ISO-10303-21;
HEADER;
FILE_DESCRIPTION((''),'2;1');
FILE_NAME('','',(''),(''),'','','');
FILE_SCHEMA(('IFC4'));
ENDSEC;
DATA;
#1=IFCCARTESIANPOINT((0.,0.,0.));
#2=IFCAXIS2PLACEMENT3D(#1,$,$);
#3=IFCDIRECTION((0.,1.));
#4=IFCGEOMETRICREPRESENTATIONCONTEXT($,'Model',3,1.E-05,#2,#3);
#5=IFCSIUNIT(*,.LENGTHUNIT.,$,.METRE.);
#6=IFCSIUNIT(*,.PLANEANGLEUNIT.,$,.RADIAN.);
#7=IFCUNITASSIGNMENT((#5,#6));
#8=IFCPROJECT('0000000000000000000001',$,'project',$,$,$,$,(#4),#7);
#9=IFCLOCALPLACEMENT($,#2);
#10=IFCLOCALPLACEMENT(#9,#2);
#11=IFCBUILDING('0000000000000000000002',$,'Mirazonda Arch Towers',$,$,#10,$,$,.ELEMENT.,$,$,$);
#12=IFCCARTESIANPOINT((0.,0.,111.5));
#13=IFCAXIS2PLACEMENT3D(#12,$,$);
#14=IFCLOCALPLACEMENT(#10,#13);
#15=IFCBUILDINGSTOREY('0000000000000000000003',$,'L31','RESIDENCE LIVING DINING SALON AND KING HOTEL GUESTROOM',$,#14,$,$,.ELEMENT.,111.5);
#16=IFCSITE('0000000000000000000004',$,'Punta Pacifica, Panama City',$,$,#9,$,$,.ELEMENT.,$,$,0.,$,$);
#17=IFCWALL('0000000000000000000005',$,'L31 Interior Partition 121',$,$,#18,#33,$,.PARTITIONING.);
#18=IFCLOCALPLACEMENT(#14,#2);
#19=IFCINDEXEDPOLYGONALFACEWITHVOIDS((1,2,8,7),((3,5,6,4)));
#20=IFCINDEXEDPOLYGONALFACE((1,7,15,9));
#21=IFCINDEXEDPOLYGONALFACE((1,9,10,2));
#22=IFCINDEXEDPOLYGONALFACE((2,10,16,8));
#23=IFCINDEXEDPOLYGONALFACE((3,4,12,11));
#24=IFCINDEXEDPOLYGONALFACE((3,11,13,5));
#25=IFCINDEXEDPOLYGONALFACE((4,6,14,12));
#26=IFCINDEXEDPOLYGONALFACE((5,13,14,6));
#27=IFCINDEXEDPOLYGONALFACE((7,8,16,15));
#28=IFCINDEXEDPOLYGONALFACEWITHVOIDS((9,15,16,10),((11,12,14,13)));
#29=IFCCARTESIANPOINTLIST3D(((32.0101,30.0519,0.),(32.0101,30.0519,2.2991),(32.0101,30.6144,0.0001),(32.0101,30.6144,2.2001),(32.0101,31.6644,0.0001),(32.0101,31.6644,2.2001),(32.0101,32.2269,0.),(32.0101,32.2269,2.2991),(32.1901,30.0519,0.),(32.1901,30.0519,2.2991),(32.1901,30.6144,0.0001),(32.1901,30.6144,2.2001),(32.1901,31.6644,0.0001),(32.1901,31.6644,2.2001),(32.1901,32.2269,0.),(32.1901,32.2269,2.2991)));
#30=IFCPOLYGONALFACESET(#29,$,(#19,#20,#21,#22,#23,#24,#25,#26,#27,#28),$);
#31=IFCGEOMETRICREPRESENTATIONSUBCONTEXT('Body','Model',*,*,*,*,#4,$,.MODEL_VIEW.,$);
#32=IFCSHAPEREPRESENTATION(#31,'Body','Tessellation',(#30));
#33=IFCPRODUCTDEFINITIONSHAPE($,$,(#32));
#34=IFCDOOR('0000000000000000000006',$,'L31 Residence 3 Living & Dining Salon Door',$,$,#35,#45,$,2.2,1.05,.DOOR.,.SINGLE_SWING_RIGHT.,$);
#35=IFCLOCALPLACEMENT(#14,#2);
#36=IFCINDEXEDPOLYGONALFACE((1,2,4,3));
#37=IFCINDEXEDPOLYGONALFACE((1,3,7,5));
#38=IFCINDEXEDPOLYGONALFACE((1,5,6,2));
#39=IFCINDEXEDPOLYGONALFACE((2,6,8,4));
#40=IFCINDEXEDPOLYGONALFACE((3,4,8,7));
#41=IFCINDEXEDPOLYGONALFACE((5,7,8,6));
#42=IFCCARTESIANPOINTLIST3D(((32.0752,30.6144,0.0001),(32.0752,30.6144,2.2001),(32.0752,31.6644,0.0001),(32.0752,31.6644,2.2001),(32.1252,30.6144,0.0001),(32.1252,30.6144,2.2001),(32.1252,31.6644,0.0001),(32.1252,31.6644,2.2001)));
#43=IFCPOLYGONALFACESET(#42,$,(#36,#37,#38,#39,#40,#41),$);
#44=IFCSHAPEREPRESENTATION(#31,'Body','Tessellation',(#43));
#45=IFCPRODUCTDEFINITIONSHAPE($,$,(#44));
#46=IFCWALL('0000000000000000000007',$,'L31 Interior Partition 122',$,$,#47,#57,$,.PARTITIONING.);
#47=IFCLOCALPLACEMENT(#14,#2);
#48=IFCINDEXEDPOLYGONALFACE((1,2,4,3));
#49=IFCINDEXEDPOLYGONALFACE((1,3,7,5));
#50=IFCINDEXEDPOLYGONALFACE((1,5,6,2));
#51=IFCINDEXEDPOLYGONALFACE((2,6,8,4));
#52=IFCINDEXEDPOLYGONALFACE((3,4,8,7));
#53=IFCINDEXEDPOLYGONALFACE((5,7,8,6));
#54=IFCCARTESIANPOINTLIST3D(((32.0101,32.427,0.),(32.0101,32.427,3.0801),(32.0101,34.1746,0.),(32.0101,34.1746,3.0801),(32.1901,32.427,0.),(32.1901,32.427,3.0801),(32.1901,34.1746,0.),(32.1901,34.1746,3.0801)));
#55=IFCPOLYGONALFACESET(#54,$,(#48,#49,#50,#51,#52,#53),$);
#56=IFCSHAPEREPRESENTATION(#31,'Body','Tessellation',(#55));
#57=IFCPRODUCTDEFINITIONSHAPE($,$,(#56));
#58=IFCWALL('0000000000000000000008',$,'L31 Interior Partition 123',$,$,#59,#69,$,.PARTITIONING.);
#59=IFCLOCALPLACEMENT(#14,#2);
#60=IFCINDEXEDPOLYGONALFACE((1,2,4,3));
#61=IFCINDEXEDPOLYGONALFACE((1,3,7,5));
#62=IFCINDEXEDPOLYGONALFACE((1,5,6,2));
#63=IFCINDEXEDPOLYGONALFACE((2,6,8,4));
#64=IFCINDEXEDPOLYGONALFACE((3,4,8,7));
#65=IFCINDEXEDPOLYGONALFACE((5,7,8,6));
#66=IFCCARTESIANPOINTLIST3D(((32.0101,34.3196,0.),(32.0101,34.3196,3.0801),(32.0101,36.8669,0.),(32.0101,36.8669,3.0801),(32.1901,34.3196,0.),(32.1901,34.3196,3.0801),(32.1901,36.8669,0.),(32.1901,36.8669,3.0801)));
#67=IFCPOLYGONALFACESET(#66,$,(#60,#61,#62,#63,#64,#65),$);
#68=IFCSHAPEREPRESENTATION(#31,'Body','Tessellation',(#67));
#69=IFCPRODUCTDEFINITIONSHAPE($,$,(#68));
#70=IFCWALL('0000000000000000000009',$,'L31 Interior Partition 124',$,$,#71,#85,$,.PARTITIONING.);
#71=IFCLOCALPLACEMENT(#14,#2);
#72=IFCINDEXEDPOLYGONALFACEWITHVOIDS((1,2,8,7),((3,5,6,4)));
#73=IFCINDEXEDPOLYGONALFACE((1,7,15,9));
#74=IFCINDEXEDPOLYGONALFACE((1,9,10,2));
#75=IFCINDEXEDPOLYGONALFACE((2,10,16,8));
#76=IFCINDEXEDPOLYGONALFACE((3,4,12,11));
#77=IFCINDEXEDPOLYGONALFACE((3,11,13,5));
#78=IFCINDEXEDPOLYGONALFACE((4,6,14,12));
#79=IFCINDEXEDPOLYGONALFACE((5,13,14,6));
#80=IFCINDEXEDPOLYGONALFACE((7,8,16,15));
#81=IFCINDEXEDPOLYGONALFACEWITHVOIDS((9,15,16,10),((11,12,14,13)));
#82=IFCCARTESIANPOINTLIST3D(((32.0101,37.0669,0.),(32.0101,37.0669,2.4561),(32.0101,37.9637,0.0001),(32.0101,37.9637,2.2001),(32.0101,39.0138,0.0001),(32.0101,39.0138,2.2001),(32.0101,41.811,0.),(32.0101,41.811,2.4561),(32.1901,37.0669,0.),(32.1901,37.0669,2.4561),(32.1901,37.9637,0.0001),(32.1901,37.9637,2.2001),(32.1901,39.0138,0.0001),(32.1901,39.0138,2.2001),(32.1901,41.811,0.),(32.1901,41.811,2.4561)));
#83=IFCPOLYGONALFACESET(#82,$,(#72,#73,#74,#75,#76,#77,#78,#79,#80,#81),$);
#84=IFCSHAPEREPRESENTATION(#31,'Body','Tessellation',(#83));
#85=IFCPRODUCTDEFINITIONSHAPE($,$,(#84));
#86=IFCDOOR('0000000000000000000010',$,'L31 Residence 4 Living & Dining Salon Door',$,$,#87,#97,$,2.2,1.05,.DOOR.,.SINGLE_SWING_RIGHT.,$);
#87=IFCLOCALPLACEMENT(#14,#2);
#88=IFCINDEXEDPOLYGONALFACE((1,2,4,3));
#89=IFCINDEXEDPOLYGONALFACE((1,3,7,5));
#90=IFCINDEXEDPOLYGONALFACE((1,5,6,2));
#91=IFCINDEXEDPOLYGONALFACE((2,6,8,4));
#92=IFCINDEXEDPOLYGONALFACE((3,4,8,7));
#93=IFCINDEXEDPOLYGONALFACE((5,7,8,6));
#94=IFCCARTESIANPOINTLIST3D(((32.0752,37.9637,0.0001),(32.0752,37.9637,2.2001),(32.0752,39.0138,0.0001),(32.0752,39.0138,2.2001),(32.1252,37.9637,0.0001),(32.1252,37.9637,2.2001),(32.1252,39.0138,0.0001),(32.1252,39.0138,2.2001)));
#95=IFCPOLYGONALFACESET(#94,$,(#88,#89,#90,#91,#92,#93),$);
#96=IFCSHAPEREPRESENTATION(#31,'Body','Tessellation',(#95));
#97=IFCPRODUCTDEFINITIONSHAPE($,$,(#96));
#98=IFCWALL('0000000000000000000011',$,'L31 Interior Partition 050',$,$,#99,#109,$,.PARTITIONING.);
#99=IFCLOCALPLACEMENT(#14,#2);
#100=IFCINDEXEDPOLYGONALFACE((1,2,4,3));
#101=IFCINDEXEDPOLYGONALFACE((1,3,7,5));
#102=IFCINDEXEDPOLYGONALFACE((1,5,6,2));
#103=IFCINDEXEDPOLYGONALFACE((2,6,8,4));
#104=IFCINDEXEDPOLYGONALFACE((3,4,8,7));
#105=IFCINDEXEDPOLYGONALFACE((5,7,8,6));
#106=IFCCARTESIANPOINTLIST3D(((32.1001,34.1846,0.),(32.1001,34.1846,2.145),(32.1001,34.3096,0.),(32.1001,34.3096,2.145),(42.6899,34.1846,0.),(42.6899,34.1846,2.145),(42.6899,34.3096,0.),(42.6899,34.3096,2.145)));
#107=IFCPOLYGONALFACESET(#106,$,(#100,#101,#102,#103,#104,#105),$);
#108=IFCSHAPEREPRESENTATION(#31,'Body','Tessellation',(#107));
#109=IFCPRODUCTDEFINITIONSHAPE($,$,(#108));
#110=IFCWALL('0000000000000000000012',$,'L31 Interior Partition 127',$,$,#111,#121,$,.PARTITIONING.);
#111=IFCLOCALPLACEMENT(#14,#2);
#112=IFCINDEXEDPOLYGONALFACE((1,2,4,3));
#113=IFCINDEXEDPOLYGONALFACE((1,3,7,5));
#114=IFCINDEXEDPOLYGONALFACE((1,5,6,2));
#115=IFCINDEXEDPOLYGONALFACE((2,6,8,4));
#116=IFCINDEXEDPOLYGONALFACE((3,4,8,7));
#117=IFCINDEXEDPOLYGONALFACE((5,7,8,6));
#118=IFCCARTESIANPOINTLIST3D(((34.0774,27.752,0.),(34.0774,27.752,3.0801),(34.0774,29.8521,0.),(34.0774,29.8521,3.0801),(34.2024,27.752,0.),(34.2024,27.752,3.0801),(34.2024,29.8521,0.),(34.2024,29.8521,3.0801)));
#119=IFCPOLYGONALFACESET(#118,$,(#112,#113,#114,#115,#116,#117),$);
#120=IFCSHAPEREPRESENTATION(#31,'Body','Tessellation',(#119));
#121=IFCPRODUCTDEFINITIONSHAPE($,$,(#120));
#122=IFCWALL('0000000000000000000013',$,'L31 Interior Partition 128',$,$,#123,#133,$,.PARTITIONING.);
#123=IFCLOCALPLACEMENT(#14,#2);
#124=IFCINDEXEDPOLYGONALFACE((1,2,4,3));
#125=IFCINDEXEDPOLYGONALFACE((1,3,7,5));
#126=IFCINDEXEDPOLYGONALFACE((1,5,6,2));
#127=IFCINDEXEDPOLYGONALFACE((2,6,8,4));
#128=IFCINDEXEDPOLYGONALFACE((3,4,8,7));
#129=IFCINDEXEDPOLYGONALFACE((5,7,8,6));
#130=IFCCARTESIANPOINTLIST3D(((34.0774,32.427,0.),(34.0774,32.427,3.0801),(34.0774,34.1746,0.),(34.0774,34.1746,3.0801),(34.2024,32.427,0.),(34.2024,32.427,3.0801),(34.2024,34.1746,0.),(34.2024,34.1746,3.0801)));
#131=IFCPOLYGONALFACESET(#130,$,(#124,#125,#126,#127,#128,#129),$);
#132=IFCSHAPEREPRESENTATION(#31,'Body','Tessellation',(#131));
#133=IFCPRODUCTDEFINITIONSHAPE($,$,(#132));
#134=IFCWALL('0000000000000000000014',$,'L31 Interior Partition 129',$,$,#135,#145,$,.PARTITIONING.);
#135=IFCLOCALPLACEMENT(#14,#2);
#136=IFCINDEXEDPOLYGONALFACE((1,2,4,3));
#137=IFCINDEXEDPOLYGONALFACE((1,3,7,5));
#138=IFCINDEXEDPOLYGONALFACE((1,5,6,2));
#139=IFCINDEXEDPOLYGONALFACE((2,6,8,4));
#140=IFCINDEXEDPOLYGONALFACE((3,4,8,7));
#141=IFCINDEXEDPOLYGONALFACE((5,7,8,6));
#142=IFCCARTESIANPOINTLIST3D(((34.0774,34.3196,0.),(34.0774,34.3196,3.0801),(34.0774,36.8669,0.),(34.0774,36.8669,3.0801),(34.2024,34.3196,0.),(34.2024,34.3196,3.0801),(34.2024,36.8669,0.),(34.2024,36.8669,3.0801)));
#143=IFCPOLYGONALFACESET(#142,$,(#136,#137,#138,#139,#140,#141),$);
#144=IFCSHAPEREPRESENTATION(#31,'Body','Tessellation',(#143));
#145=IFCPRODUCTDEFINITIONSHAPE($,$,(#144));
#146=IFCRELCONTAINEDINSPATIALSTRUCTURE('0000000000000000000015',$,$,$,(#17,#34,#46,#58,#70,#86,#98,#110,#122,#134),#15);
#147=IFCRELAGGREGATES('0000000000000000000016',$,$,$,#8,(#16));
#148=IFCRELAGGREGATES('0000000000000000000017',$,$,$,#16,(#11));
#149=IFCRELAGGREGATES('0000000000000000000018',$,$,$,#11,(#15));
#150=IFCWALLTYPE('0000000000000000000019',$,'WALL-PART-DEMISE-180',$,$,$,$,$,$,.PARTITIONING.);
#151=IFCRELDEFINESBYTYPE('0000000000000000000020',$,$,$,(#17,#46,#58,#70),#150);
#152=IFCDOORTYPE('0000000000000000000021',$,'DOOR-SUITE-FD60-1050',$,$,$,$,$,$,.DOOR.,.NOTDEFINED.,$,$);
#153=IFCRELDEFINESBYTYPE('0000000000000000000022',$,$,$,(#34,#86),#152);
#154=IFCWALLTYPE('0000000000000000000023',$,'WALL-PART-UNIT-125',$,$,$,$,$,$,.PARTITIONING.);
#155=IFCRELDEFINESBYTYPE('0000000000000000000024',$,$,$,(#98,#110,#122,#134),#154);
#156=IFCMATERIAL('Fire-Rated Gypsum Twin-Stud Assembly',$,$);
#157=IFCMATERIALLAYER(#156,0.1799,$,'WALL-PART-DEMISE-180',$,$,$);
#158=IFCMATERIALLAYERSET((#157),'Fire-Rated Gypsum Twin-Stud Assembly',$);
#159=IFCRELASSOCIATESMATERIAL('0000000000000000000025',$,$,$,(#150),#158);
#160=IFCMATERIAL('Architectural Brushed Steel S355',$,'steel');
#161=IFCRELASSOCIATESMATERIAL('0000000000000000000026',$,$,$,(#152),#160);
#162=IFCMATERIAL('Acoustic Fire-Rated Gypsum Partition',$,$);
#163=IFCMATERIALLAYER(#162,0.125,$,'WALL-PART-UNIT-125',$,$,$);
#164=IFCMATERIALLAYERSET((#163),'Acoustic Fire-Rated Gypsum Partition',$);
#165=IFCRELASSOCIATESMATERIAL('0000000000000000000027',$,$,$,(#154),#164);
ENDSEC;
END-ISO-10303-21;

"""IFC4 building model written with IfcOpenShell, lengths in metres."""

from ifc_helpers import new_model, si_unit, direction, frame, frame_2d, origin, place, context, subcontext, project, spatial, rectangle, extrude, material, layer, layer_set, type_object, element, fill, save


model = new_model("IFC4")

# Units and contexts
model_context = context("Model", 3, precision=1e-05, world=origin(), true_north=direction((0.0, 1.0)))
body_context = subcontext(model_context, "Body", "Model", "MODEL_VIEW")
ifc_project = project(units=[si_unit("LENGTHUNIT", "METRE"), si_unit("PLANEANGLEUNIT", "RADIAN")], contexts=[model_context])

# Site, building, storey
site_placement = place(None, origin())
site = spatial("IfcSite", under=ifc_project, at=site_placement, Name="Punta Pacifica, Panama City", CompositionType="ELEMENT", RefElevation=0.0)
building_placement = place(site_placement, origin())
building = spatial("IfcBuilding", under=site, at=building_placement, Name="Mirazonda Arch Towers", CompositionType="ELEMENT")
storey_placement = place(building_placement, frame((0.0, 0.0, 111.5)))
storey = spatial("IfcBuildingStorey", under=building, at=storey_placement, Name="L31", Description="RESIDENCE LIVING DINING SALON AND KING HOTEL GUESTROOM", CompositionType="ELEMENT", Elevation=111.5)

# Shared definitions
ifc_material_1 = material(Name="Fire-Rated Gypsum Twin-Stud Assembly")
ifc_layer_1 = layer(ifc_material_1, 0.1799, Name="WALL-PART-DEMISE-180")
ifc_layer_set_1 = layer_set([ifc_layer_1], Name="Fire-Rated Gypsum Twin-Stud Assembly")
wall_type_1 = type_object("IfcWallType", Name="WALL-PART-DEMISE-180", PredefinedType="PARTITIONING", material=ifc_layer_set_1)
ifc_material_2 = material(Name="Architectural Brushed Steel S355", Category="steel")

# Wall, opening, door
wall_1_placement = place(storey_placement, frame((32.1001, 30.052, 0.0), z_axis=(0.0, 0.0, 1.0), x_axis=(0.0, 1.0, 0.0)))
wall_1 = element("IfcWall", 1, at=wall_1_placement, inside=storey, type_object=wall_type_1, Name="L31 Interior Partition 121", PredefinedType="PARTITIONING", context=body_context, shape_type="SweptSolid", body=[
    extrude(rectangle(XDim=2.175, YDim=0.1799, at=frame_2d((1.0874, 0.0))), origin(), (0.0, 0.0, 1.0), 2.2991),
])
opening_1_placement = place(wall_1_placement, frame((0.5625, 0.0, 0.0)))
opening_1 = element("IfcOpeningElement", 2, at=opening_1_placement, cuts=wall_1, PredefinedType="OPENING", context=body_context, shape_type="SweptSolid", body=[
    extrude(rectangle(XDim=1.05, YDim=2.2, at=frame_2d((0.5249, 1.1001))), frame((0.0, 0.0999, 0.0), z_axis=(0.0, -1.0, 0.0), x_axis=(1.0, 0.0, 0.0)), (0.0, 0.0, 1.0), 0.2),
])
door_type_1 = type_object("IfcDoorType", Name="DOOR-SUITE-FD60-1050", OperationType="NOTDEFINED", PredefinedType="DOOR", material=ifc_material_2)
door_1_placement = place(opening_1_placement, origin())
door_1 = element("IfcDoor", 3, at=door_1_placement, inside=storey, type_object=door_type_1, Name="L31 Residence 3 Living & Dining Salon Door", OperationType="SINGLE_SWING_RIGHT", OverallHeight=2.2, OverallWidth=1.05, PredefinedType="DOOR", context=body_context, shape_type="SweptSolid", body=[
    extrude(rectangle(XDim=1.05, YDim=2.2, at=frame_2d((0.5249, 1.1001))), frame((0.0, 0.0249, 0.0), z_axis=(0.0, -1.0, 0.0), x_axis=(1.0, 0.0, 0.0)), (0.0, 0.0, 1.0), 0.05),
])
fill(opening_1, door_1)

# Walls
wall_2_placement = place(storey_placement, frame((32.1001, 32.427, 0.0), z_axis=(0.0, 0.0, 1.0), x_axis=(0.0, 1.0, 0.0)))
element("IfcWall", 4, at=wall_2_placement, inside=storey, type_object=wall_type_1, Name="L31 Interior Partition 122", PredefinedType="PARTITIONING", context=body_context, shape_type="SweptSolid", body=[
    extrude(rectangle(XDim=1.7476, YDim=0.1799, at=frame_2d((0.8738, 0.0))), origin(), (0.0, 0.0, 1.0), 3.0801),
])
wall_3_placement = place(storey_placement, frame((32.1001, 34.3196, 0.0), z_axis=(0.0, 0.0, 1.0), x_axis=(0.0, 1.0, 0.0)))
element("IfcWall", 5, at=wall_3_placement, inside=storey, type_object=wall_type_1, Name="L31 Interior Partition 123", PredefinedType="PARTITIONING", context=body_context, shape_type="SweptSolid", body=[
    extrude(rectangle(XDim=2.5474, YDim=0.1799, at=frame_2d((1.2737, 0.0))), origin(), (0.0, 0.0, 1.0), 3.0801),
])

# Wall, opening, door
wall_4_placement = place(storey_placement, frame((32.1001, 37.0669, 0.0), z_axis=(0.0, 0.0, 1.0), x_axis=(0.0, 1.0, 0.0)))
wall_4 = element("IfcWall", 6, at=wall_4_placement, inside=storey, type_object=wall_type_1, Name="L31 Interior Partition 124", PredefinedType="PARTITIONING", context=body_context, shape_type="SweptSolid", body=[
    extrude(rectangle(XDim=4.7441, YDim=0.1799, at=frame_2d((2.3721, 0.0))), origin(), (0.0, 0.0, 1.0), 2.4561),
])
opening_2_placement = place(wall_4_placement, frame((0.897, 0.0, 0.0)))
opening_2 = element("IfcOpeningElement", 7, at=opening_2_placement, cuts=wall_4, PredefinedType="OPENING", context=body_context, shape_type="SweptSolid", body=[
    extrude(rectangle(XDim=1.05, YDim=2.2, at=frame_2d((0.5249, 1.1001))), frame((0.0, 0.0999, 0.0), z_axis=(0.0, -1.0, 0.0), x_axis=(1.0, 0.0, 0.0)), (0.0, 0.0, 1.0), 0.2),
])
door_2_placement = place(opening_2_placement, origin())
door_2 = element("IfcDoor", 8, at=door_2_placement, inside=storey, type_object=door_type_1, Name="L31 Residence 4 Living & Dining Salon Door", OperationType="SINGLE_SWING_RIGHT", OverallHeight=2.2, OverallWidth=1.05, PredefinedType="DOOR", context=body_context, shape_type="SweptSolid", body=[
    extrude(rectangle(XDim=1.05, YDim=2.2, at=frame_2d((0.5249, 1.1001))), frame((0.0, 0.0249, 0.0), z_axis=(0.0, -1.0, 0.0), x_axis=(1.0, 0.0, 0.0)), (0.0, 0.0, 1.0), 0.05),
])
fill(opening_2, door_2)

# Walls
ifc_material_3 = material(Name="Acoustic Fire-Rated Gypsum Partition")
ifc_layer_2 = layer(ifc_material_3, 0.125, Name="WALL-PART-UNIT-125")
ifc_layer_set_2 = layer_set([ifc_layer_2], Name="Acoustic Fire-Rated Gypsum Partition")
wall_type_2 = type_object("IfcWallType", Name="WALL-PART-UNIT-125", PredefinedType="PARTITIONING", material=ifc_layer_set_2)
wall_5_placement = place(storey_placement, frame((32.1001, 34.2471, 0.0), z_axis=(0.0, 0.0, 1.0), x_axis=(1.0, 0.0, 0.0)))
element("IfcWall", 9, at=wall_5_placement, inside=storey, type_object=wall_type_2, Name="L31 Interior Partition 050", PredefinedType="PARTITIONING", context=body_context, shape_type="SweptSolid", body=[
    extrude(rectangle(XDim=10.5898, YDim=0.125, at=frame_2d((5.2949, 0.0))), origin(), (0.0, 0.0, 1.0), 2.145),
])
wall_6_placement = place(storey_placement, frame((34.1399, 27.752, 0.0), z_axis=(0.0, 0.0, 1.0), x_axis=(0.0, 1.0, 0.0)))
element("IfcWall", 10, at=wall_6_placement, inside=storey, type_object=wall_type_2, Name="L31 Interior Partition 127", PredefinedType="PARTITIONING", context=body_context, shape_type="SweptSolid", body=[
    extrude(rectangle(XDim=2.1001, YDim=0.125, at=frame_2d((1.05, 0.0))), origin(), (0.0, 0.0, 1.0), 3.0801),
])
wall_7_placement = place(storey_placement, frame((34.1399, 32.427, 0.0), z_axis=(0.0, 0.0, 1.0), x_axis=(0.0, 1.0, 0.0)))
element("IfcWall", 11, at=wall_7_placement, inside=storey, type_object=wall_type_2, Name="L31 Interior Partition 128", PredefinedType="PARTITIONING", context=body_context, shape_type="SweptSolid", body=[
    extrude(rectangle(XDim=1.7476, YDim=0.125, at=frame_2d((0.8738, 0.0))), origin(), (0.0, 0.0, 1.0), 3.0801),
])
wall_8_placement = place(storey_placement, frame((34.1399, 34.3196, 0.0), z_axis=(0.0, 0.0, 1.0), x_axis=(0.0, 1.0, 0.0)))
element("IfcWall", 12, at=wall_8_placement, inside=storey, type_object=wall_type_2, Name="L31 Interior Partition 129", PredefinedType="PARTITIONING", context=body_context, shape_type="SweptSolid", body=[
    extrude(rectangle(XDim=2.5474, YDim=0.125, at=frame_2d((1.2737, 0.0))), origin(), (0.0, 0.0, 1.0), 3.0801),
])

save(model, "model.ifc")
